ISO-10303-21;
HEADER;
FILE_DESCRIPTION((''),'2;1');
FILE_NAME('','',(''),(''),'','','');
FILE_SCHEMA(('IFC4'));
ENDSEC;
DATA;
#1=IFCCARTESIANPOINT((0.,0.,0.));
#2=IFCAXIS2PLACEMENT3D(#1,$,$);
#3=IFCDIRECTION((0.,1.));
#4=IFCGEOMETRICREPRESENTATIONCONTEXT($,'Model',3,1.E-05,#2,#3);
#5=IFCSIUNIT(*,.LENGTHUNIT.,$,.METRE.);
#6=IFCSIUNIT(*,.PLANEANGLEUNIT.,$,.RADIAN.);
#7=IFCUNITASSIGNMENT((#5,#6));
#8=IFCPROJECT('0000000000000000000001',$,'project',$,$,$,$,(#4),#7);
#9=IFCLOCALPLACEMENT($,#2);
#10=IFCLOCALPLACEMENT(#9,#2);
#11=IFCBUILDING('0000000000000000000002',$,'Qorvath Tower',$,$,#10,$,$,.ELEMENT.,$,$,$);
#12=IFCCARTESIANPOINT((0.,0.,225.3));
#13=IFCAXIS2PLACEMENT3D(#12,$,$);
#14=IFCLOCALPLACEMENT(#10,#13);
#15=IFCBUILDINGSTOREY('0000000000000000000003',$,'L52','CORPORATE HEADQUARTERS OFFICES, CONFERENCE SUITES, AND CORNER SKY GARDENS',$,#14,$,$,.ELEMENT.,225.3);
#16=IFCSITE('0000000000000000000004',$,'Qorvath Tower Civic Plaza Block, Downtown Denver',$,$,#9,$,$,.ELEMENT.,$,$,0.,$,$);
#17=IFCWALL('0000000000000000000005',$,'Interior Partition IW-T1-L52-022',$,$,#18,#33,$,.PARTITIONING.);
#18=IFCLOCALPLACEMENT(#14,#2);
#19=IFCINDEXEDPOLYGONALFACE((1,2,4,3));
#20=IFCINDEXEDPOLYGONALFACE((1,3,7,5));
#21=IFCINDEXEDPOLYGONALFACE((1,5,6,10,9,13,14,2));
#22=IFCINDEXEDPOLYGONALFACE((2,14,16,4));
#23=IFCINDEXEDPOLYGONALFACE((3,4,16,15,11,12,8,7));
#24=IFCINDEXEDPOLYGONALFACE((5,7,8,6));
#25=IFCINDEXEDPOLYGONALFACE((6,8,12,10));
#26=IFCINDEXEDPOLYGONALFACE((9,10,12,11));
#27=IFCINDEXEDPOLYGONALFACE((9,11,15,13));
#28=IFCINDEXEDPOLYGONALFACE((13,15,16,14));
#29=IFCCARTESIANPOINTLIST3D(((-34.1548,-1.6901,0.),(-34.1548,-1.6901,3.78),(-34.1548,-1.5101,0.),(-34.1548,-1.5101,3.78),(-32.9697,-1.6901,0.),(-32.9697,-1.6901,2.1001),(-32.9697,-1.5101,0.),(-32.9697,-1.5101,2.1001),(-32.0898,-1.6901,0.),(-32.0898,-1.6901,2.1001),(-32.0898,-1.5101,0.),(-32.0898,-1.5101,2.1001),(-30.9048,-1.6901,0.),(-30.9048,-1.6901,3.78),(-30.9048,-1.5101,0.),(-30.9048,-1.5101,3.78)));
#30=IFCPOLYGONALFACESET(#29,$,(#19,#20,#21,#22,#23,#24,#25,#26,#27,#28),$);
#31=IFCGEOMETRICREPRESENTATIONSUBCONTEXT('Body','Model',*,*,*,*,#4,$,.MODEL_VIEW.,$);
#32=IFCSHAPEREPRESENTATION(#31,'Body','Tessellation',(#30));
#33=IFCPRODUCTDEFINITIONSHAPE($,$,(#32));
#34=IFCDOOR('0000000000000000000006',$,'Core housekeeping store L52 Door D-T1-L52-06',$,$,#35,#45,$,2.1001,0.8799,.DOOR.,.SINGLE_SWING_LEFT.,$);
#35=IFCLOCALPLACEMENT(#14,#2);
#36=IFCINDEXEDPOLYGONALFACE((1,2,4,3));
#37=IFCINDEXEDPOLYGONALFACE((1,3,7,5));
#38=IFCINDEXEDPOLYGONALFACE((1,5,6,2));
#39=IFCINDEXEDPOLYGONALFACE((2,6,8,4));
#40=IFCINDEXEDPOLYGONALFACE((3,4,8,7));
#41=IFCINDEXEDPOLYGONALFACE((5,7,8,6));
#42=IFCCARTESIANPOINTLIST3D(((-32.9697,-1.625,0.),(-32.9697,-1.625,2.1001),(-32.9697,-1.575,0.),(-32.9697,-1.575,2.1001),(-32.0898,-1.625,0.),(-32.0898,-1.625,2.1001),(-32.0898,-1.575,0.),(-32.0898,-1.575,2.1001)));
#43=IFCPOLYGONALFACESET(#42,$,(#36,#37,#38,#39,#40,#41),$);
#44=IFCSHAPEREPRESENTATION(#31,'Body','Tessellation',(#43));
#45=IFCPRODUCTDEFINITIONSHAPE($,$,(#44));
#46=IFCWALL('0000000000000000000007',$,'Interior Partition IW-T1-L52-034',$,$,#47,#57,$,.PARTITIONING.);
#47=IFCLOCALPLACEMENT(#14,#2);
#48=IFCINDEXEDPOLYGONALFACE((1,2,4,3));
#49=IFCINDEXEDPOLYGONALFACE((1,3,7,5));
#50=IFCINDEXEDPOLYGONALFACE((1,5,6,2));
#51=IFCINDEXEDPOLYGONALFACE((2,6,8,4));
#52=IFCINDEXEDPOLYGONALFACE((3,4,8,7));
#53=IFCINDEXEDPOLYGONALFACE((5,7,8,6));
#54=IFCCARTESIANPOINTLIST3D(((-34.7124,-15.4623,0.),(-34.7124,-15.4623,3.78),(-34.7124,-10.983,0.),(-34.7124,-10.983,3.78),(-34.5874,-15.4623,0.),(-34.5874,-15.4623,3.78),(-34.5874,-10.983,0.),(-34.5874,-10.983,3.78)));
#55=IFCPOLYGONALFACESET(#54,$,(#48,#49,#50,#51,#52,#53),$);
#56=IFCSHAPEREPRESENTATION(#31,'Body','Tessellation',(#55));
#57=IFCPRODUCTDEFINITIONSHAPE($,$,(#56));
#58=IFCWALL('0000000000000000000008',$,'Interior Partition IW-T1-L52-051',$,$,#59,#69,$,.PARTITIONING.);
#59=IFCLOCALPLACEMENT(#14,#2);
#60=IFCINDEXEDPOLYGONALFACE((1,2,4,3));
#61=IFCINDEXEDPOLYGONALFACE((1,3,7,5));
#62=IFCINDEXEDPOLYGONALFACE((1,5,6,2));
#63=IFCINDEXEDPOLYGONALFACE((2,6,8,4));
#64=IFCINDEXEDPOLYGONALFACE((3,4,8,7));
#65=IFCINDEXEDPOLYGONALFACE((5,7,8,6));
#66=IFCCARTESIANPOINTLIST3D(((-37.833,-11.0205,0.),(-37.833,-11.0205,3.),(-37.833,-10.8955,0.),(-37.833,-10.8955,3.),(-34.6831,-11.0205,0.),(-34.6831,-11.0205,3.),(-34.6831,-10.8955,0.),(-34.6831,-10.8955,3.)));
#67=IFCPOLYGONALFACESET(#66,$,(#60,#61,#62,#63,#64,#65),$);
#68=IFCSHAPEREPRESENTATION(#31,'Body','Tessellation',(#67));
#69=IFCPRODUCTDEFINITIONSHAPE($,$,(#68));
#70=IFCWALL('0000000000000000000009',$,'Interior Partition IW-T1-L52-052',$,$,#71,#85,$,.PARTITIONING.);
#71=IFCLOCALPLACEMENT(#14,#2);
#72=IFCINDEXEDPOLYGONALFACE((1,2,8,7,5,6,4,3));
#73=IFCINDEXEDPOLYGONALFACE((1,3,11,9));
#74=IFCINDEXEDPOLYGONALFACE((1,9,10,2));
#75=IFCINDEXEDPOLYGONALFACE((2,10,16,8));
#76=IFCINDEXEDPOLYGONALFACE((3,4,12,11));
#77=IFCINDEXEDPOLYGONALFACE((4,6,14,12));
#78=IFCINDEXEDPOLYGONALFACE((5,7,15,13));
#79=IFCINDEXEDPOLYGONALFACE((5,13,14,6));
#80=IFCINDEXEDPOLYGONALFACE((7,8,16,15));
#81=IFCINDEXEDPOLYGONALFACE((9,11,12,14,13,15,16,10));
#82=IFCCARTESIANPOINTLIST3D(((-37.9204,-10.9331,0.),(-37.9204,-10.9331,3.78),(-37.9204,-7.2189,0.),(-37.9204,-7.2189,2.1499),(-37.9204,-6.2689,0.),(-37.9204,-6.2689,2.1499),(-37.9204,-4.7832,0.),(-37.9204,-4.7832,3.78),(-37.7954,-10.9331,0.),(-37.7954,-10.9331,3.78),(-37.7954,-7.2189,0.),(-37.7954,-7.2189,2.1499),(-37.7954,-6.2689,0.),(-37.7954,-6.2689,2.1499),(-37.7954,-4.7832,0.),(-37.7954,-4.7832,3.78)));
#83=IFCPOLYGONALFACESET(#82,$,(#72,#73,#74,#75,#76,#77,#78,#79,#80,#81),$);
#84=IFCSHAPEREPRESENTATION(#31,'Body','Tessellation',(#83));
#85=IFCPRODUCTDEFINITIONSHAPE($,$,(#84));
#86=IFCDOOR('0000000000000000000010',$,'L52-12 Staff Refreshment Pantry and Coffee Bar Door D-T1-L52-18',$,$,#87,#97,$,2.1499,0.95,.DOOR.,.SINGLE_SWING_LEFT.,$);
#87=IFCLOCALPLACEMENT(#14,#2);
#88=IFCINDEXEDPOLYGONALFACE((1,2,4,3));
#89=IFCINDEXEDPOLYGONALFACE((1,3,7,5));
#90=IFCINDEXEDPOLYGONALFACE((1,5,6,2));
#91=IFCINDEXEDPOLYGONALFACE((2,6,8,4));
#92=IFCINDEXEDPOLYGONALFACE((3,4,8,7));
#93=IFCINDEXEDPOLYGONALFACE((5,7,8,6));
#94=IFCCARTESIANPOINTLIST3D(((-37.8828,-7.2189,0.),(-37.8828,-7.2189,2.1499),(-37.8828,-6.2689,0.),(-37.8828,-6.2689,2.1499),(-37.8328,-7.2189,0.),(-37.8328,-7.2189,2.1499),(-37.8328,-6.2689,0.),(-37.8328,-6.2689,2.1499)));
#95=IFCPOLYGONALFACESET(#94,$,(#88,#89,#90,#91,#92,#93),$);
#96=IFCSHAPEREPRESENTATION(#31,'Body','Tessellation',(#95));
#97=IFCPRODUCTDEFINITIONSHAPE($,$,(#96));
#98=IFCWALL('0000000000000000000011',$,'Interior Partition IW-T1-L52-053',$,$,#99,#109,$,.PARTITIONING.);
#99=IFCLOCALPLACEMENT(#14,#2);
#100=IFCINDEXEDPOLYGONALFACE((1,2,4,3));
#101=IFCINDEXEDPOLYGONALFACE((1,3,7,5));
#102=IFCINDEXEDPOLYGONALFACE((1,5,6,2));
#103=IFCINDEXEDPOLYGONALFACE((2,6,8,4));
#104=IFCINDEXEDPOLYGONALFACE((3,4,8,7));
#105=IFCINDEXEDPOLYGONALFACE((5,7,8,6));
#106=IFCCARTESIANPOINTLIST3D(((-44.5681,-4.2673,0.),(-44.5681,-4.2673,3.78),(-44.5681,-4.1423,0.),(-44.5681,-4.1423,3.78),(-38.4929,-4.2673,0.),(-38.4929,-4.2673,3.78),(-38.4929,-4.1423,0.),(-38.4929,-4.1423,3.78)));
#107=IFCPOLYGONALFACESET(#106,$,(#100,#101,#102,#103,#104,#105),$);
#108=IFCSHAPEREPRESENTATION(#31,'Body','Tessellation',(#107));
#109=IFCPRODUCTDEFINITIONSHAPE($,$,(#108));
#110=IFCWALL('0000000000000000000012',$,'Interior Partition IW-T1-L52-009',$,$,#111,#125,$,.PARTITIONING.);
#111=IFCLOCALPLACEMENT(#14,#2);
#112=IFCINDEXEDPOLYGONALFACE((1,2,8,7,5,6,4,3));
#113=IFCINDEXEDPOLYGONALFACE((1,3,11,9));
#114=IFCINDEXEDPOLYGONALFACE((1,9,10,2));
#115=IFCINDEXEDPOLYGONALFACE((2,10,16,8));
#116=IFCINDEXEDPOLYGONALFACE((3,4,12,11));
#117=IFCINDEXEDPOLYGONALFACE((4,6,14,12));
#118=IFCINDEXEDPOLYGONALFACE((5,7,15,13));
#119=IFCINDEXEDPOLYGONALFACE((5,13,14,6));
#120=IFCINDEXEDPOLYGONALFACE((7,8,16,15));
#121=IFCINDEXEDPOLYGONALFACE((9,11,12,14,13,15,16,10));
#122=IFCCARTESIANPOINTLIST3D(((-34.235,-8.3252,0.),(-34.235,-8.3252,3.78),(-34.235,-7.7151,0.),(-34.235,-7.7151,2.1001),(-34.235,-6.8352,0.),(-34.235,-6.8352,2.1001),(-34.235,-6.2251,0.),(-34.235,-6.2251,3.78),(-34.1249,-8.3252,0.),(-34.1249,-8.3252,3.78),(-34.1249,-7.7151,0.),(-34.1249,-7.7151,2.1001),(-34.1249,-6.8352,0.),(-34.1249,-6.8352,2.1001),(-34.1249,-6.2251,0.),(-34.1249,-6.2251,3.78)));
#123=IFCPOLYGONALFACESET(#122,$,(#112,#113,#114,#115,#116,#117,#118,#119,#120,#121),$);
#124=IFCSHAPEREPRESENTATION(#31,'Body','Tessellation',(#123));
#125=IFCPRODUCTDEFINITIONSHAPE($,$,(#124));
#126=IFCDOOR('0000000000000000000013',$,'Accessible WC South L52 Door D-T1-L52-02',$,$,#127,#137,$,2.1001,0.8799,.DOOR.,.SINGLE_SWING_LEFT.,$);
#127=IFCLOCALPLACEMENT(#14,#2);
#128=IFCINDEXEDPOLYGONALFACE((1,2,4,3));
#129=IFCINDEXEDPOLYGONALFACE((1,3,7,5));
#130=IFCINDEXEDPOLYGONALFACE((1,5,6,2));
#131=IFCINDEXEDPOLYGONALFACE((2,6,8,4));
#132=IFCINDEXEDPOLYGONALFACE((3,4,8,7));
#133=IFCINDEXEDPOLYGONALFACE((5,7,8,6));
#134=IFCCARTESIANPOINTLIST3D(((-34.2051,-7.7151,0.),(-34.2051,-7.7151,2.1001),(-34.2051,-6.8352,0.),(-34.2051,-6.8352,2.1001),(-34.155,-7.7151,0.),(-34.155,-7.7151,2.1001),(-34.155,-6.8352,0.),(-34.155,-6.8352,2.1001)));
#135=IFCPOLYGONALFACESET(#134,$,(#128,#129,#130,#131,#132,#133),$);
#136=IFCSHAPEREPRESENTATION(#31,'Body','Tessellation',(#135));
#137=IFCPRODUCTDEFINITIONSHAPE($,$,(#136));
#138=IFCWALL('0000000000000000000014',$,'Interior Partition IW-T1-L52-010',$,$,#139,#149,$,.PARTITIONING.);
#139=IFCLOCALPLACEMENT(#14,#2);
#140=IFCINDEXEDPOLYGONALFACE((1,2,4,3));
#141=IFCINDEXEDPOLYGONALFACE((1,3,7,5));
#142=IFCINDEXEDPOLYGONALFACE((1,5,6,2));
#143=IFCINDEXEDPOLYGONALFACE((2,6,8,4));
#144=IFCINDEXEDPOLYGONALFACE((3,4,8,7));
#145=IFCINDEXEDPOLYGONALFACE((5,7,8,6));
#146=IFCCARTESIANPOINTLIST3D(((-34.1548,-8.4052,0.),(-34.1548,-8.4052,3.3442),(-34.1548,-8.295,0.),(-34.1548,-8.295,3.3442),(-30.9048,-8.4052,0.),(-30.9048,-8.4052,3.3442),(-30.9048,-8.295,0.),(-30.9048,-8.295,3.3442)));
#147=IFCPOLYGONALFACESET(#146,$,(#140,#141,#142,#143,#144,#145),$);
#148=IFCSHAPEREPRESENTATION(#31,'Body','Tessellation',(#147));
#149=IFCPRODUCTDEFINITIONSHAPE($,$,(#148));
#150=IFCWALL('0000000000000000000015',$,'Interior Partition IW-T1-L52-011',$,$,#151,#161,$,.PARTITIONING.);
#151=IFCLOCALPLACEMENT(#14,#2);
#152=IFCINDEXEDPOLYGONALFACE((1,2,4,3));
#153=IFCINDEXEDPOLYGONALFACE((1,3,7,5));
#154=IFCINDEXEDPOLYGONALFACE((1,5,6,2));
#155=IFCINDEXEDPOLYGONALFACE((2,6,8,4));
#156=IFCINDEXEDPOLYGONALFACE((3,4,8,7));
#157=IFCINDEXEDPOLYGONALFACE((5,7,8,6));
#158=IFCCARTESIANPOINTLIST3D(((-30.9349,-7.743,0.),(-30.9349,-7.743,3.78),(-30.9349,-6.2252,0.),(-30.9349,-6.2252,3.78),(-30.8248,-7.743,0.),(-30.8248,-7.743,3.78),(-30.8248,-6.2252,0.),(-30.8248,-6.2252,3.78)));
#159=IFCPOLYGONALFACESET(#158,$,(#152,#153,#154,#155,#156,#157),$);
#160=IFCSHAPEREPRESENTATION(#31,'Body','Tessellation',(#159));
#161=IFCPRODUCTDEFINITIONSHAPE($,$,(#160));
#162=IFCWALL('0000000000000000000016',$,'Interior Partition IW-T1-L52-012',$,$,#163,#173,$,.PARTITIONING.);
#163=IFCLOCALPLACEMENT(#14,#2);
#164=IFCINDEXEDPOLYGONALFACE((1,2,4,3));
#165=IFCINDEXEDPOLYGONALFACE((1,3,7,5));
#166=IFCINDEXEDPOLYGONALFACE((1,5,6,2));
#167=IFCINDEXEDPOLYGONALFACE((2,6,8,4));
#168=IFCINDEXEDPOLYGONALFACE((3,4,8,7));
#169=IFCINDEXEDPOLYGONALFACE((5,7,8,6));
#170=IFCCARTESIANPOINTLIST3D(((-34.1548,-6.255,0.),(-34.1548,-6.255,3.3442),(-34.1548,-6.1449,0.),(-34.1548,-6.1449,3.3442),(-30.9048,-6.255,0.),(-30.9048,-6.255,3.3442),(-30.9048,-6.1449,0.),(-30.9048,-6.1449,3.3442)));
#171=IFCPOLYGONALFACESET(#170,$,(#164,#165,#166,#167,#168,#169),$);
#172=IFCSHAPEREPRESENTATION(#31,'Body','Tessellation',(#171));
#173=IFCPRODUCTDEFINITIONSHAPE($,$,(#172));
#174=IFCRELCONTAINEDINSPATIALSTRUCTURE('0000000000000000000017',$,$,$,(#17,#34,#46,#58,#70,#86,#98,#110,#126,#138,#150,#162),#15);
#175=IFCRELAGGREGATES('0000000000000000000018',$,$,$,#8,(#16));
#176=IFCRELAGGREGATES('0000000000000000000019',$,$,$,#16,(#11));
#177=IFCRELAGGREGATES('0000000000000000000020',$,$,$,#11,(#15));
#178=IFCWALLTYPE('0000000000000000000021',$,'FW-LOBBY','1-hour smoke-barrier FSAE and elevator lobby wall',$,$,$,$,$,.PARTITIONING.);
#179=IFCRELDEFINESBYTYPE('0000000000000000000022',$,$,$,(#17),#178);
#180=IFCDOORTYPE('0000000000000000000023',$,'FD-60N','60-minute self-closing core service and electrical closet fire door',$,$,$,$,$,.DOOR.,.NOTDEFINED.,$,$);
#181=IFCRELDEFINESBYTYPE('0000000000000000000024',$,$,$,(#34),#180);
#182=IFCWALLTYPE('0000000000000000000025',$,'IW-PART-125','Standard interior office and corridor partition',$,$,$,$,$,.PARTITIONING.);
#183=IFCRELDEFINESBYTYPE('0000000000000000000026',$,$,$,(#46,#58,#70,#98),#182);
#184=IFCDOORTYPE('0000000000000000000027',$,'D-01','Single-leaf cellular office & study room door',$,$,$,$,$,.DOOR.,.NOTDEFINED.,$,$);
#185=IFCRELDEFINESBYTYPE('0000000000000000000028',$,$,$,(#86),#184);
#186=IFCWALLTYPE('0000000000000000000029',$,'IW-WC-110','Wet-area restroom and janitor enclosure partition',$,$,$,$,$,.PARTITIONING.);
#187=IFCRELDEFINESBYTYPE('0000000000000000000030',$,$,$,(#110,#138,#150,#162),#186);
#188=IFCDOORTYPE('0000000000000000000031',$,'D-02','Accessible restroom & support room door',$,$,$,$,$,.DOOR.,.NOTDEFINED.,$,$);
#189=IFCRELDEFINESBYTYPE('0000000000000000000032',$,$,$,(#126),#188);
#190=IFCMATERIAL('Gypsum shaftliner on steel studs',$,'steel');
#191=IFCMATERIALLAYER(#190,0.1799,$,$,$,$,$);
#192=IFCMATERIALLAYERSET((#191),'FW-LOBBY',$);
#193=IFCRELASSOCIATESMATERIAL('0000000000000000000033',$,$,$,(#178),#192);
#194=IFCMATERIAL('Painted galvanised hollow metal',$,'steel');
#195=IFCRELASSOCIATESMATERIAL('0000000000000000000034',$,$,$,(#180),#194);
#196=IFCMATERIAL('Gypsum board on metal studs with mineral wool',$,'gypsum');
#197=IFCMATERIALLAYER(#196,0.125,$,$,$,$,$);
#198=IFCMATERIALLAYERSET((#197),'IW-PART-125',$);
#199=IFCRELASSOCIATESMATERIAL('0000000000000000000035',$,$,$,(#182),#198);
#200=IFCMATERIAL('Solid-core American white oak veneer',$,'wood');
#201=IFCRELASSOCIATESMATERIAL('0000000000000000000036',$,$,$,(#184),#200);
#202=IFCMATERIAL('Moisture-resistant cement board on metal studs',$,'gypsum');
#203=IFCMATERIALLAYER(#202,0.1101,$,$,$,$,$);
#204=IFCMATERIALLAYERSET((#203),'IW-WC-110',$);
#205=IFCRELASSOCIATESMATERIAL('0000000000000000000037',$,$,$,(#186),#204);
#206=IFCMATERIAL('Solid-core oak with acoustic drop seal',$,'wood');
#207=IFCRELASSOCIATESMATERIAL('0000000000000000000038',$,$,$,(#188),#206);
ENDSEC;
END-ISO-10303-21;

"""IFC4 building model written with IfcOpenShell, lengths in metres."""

from ifc_helpers import new_model, si_unit, direction, frame, frame_2d, origin, place, context, subcontext, project, spatial, rectangle, extrude, material, layer, layer_set, type_object, element, fill, save


model = new_model("IFC4")

# Units and contexts
model_context = context("Model", 3, precision=1e-05, world=origin(), true_north=direction((0.0, 1.0)))
body_context = subcontext(model_context, "Body", "Model", "MODEL_VIEW")
ifc_project = project(units=[si_unit("LENGTHUNIT", "METRE"), si_unit("PLANEANGLEUNIT", "RADIAN")], contexts=[model_context])

# Site, building, storey
site_placement = place(None, origin())
site = spatial("IfcSite", under=ifc_project, at=site_placement, Name="Qorvath Tower Civic Plaza Block, Downtown Denver", CompositionType="ELEMENT", RefElevation=0.0)
building_placement = place(site_placement, origin())
building = spatial("IfcBuilding", under=site, at=building_placement, Name="Qorvath Tower", CompositionType="ELEMENT")
storey_placement = place(building_placement, frame((0.0, 0.0, 225.3)))
storey = spatial("IfcBuildingStorey", under=building, at=storey_placement, Name="L52", Description="CORPORATE HEADQUARTERS OFFICES, CONFERENCE SUITES, AND CORNER SKY GARDENS", CompositionType="ELEMENT", Elevation=225.3)

# Shared definitions
ifc_material_1 = material(Name="Gypsum shaftliner on steel studs", Category="steel")
ifc_layer_1 = layer(ifc_material_1, 0.1799)
ifc_layer_set_1 = layer_set([ifc_layer_1], Name="FW-LOBBY")
wall_type_1 = type_object("IfcWallType", Name="FW-LOBBY", Description="1-hour smoke-barrier FSAE and elevator lobby wall", PredefinedType="PARTITIONING", material=ifc_layer_set_1)

# Wall, opening, door
wall_1_placement = place(storey_placement, frame((-30.9048, -1.6001, 0.0), z_axis=(0.0, 0.0, 1.0), x_axis=(-1.0, 0.0, 0.0)))
wall_1 = element("IfcWall", 1, at=wall_1_placement, inside=storey, type_object=wall_type_1, Name="Interior Partition IW-T1-L52-022", PredefinedType="PARTITIONING", context=body_context, shape_type="SweptSolid", body=[
    extrude(rectangle(XDim=3.25, YDim=0.1799, at=frame_2d((1.625, 0.0))), origin(), (0.0, 0.0, 1.0), 3.78),
])
opening_1_placement = place(wall_1_placement, frame((1.1851, 0.0, 0.0)))
opening_1 = element("IfcOpeningElement", 2, at=opening_1_placement, cuts=wall_1, PredefinedType="OPENING", context=body_context, shape_type="SweptSolid", body=[
    extrude(rectangle(XDim=0.8799, YDim=2.1001, at=frame_2d((0.4399, 1.05))), frame((0.0, 0.1001, 0.0), z_axis=(0.0, -1.0, 0.0), x_axis=(1.0, 0.0, 0.0)), (0.0, 0.0, 1.0), 0.2),
])
ifc_material_2 = material(Name="Painted galvanised hollow metal", Category="steel")
door_type_1 = type_object("IfcDoorType", Name="FD-60N", Description="60-minute self-closing core service and electrical closet fire door", OperationType="NOTDEFINED", PredefinedType="DOOR", material=ifc_material_2)
door_1_placement = place(opening_1_placement, origin())
door_1 = element("IfcDoor", 3, at=door_1_placement, inside=storey, type_object=door_type_1, Name="Core housekeeping store L52 Door D-T1-L52-06", OperationType="SINGLE_SWING_LEFT", OverallHeight=2.1001, OverallWidth=0.8799, PredefinedType="DOOR", context=body_context, shape_type="SweptSolid", body=[
    extrude(rectangle(XDim=0.8799, YDim=2.1001, at=frame_2d((0.4399, 1.05))), frame((0.0, 0.0249, 0.0), z_axis=(0.0, -1.0, 0.0), x_axis=(1.0, 0.0, 0.0)), (0.0, 0.0, 1.0), 0.05),
])
fill(opening_1, door_1)

# Walls
ifc_material_3 = material(Name="Gypsum board on metal studs with mineral wool", Category="gypsum")
ifc_layer_2 = layer(ifc_material_3, 0.125)
ifc_layer_set_2 = layer_set([ifc_layer_2], Name="IW-PART-125")
wall_type_2 = type_object("IfcWallType", Name="IW-PART-125", Description="Standard interior office and corridor partition", PredefinedType="PARTITIONING", material=ifc_layer_set_2)
wall_2_placement = place(storey_placement, frame((-34.6499, -10.9829, 0.0), z_axis=(0.0, 0.0, 1.0), x_axis=(0.0, -1.0, 0.0)))
element("IfcWall", 4, at=wall_2_placement, inside=storey, type_object=wall_type_2, Name="Interior Partition IW-T1-L52-034", PredefinedType="PARTITIONING", context=body_context, shape_type="SweptSolid", body=[
    extrude(rectangle(XDim=4.4792, YDim=0.125, at=frame_2d((2.2397, 0.0))), origin(), (0.0, 0.0, 1.0), 3.78),
])
wall_3_placement = place(storey_placement, frame((-37.833, -10.958, 0.0), z_axis=(0.0, 0.0, 1.0), x_axis=(1.0, 0.0, 0.0)))
element("IfcWall", 5, at=wall_3_placement, inside=storey, type_object=wall_type_2, Name="Interior Partition IW-T1-L52-051", PredefinedType="PARTITIONING", context=body_context, shape_type="SweptSolid", body=[
    extrude(rectangle(XDim=3.1499, YDim=0.125, at=frame_2d((1.575, 0.0))), origin(), (0.0, 0.0, 1.0), 3.0),
])

# Wall, opening, door
wall_4_placement = place(storey_placement, frame((-37.8579, -10.9331, 0.0), z_axis=(0.0, 0.0, 1.0), x_axis=(0.0, 1.0, 0.0)))
wall_4 = element("IfcWall", 6, at=wall_4_placement, inside=storey, type_object=wall_type_2, Name="Interior Partition IW-T1-L52-052", PredefinedType="PARTITIONING", context=body_context, shape_type="SweptSolid", body=[
    extrude(rectangle(XDim=6.1499, YDim=0.125, at=frame_2d((3.075, 0.0))), origin(), (0.0, 0.0, 1.0), 3.78),
])
opening_2_placement = place(wall_4_placement, frame((3.7141, 0.0, 0.0)))
opening_2 = element("IfcOpeningElement", 7, at=opening_2_placement, cuts=wall_4, PredefinedType="OPENING", context=body_context, shape_type="SweptSolid", body=[
    extrude(rectangle(XDim=0.95, YDim=2.1499, at=frame_2d((0.4751, 1.075))), frame((0.0, 0.0725, 0.0), z_axis=(0.0, -1.0, 0.0), x_axis=(1.0, 0.0, 0.0)), (0.0, 0.0, 1.0), 0.145),
])
ifc_material_4 = material(Name="Solid-core American white oak veneer", Category="wood")
door_type_2 = type_object("IfcDoorType", Name="D-01", Description="Single-leaf cellular office & study room door", OperationType="NOTDEFINED", PredefinedType="DOOR", material=ifc_material_4)
door_2_placement = place(opening_2_placement, origin())
door_2 = element("IfcDoor", 8, at=door_2_placement, inside=storey, type_object=door_type_2, Name="L52-12 Staff Refreshment Pantry and Coffee Bar Door D-T1-L52-18", OperationType="SINGLE_SWING_LEFT", OverallHeight=2.1499, OverallWidth=0.95, PredefinedType="DOOR", context=body_context, shape_type="SweptSolid", body=[
    extrude(rectangle(XDim=0.95, YDim=2.1499, at=frame_2d((0.4751, 1.075))), frame((0.0, 0.0249, 0.0), z_axis=(0.0, -1.0, 0.0), x_axis=(1.0, 0.0, 0.0)), (0.0, 0.0, 1.0), 0.05),
])
fill(opening_2, door_2)

# Wall
wall_5_placement = place(storey_placement, frame((-38.4929, -4.2048, 0.0), z_axis=(0.0, 0.0, 1.0), x_axis=(-1.0, 0.0, 0.0)))
element("IfcWall", 9, at=wall_5_placement, inside=storey, type_object=wall_type_2, Name="Interior Partition IW-T1-L52-053", PredefinedType="PARTITIONING", context=body_context, shape_type="SweptSolid", body=[
    extrude(rectangle(XDim=6.0752, YDim=0.125, at=frame_2d((3.0376, 0.0))), origin(), (0.0, 0.0, 1.0), 3.78),
])

# Wall, opening, door
ifc_material_5 = material(Name="Moisture-resistant cement board on metal studs", Category="gypsum")
ifc_layer_3 = layer(ifc_material_5, 0.1101)
ifc_layer_set_3 = layer_set([ifc_layer_3], Name="IW-WC-110")
wall_type_3 = type_object("IfcWallType", Name="IW-WC-110", Description="Wet-area restroom and janitor enclosure partition", PredefinedType="PARTITIONING", material=ifc_layer_set_3)
wall_6_placement = place(storey_placement, frame((-34.1799, -6.2251, 0.0), z_axis=(0.0, 0.0, 1.0), x_axis=(0.0, -1.0, 0.0)))
wall_6 = element("IfcWall", 10, at=wall_6_placement, inside=storey, type_object=wall_type_3, Name="Interior Partition IW-T1-L52-009", PredefinedType="PARTITIONING", context=body_context, shape_type="SweptSolid", body=[
    extrude(rectangle(XDim=2.1001, YDim=0.1101, at=frame_2d((1.05, 0.0))), origin(), (0.0, 0.0, 1.0), 3.78),
])
opening_3_placement = place(wall_6_placement, frame((0.6101, 0.0, 0.0)))
opening_3 = element("IfcOpeningElement", 11, at=opening_3_placement, cuts=wall_6, PredefinedType="OPENING", context=body_context, shape_type="SweptSolid", body=[
    extrude(rectangle(XDim=0.8799, YDim=2.1001, at=frame_2d((0.4399, 1.05))), frame((0.0, 0.0649, 0.0), z_axis=(0.0, -1.0, 0.0), x_axis=(1.0, 0.0, 0.0)), (0.0, 0.0, 1.0), 0.1301),
])
ifc_material_6 = material(Name="Solid-core oak with acoustic drop seal", Category="wood")
door_type_3 = type_object("IfcDoorType", Name="D-02", Description="Accessible restroom & support room door", OperationType="NOTDEFINED", PredefinedType="DOOR", material=ifc_material_6)
door_3_placement = place(opening_3_placement, origin())
door_3 = element("IfcDoor", 12, at=door_3_placement, inside=storey, type_object=door_type_3, Name="Accessible WC South L52 Door D-T1-L52-02", OperationType="SINGLE_SWING_LEFT", OverallHeight=2.1001, OverallWidth=0.8799, PredefinedType="DOOR", context=body_context, shape_type="SweptSolid", body=[
    extrude(rectangle(XDim=0.8799, YDim=2.1001, at=frame_2d((0.4399, 1.05))), frame((0.0, 0.0249, 0.0), z_axis=(0.0, -1.0, 0.0), x_axis=(1.0, 0.0, 0.0)), (0.0, 0.0, 1.0), 0.05),
])
fill(opening_3, door_3)

# Walls
wall_7_placement = place(storey_placement, frame((-34.1548, -8.3501, 0.0), z_axis=(0.0, 0.0, 1.0), x_axis=(1.0, 0.0, 0.0)))
element("IfcWall", 13, at=wall_7_placement, inside=storey, type_object=wall_type_3, Name="Interior Partition IW-T1-L52-010", PredefinedType="PARTITIONING", context=body_context, shape_type="SweptSolid", body=[
    extrude(rectangle(XDim=3.25, YDim=0.1101, at=frame_2d((1.625, 0.0))), origin(), (0.0, 0.0, 1.0), 3.3442),
])
wall_8_placement = place(storey_placement, frame((-30.8799, -7.7429, 0.0), z_axis=(0.0, 0.0, 1.0), x_axis=(0.0, 1.0, 0.0)))
element("IfcWall", 14, at=wall_8_placement, inside=storey, type_object=wall_type_3, Name="Interior Partition IW-T1-L52-011", PredefinedType="PARTITIONING", context=body_context, shape_type="SweptSolid", body=[
    extrude(rectangle(XDim=1.5178, YDim=0.1101, at=frame_2d((0.7588, 0.0))), origin(), (0.0, 0.0, 1.0), 3.78),
])
wall_9_placement = place(storey_placement, frame((-30.9048, -6.2, 0.0), z_axis=(0.0, 0.0, 1.0), x_axis=(-1.0, 0.0, 0.0)))
element("IfcWall", 15, at=wall_9_placement, inside=storey, type_object=wall_type_3, Name="Interior Partition IW-T1-L52-012", PredefinedType="PARTITIONING", context=body_context, shape_type="SweptSolid", body=[
    extrude(rectangle(XDim=3.25, YDim=0.1101, at=frame_2d((1.625, 0.0))), origin(), (0.0, 0.0, 1.0), 3.3442),
])

save(model, "model.ifc")
